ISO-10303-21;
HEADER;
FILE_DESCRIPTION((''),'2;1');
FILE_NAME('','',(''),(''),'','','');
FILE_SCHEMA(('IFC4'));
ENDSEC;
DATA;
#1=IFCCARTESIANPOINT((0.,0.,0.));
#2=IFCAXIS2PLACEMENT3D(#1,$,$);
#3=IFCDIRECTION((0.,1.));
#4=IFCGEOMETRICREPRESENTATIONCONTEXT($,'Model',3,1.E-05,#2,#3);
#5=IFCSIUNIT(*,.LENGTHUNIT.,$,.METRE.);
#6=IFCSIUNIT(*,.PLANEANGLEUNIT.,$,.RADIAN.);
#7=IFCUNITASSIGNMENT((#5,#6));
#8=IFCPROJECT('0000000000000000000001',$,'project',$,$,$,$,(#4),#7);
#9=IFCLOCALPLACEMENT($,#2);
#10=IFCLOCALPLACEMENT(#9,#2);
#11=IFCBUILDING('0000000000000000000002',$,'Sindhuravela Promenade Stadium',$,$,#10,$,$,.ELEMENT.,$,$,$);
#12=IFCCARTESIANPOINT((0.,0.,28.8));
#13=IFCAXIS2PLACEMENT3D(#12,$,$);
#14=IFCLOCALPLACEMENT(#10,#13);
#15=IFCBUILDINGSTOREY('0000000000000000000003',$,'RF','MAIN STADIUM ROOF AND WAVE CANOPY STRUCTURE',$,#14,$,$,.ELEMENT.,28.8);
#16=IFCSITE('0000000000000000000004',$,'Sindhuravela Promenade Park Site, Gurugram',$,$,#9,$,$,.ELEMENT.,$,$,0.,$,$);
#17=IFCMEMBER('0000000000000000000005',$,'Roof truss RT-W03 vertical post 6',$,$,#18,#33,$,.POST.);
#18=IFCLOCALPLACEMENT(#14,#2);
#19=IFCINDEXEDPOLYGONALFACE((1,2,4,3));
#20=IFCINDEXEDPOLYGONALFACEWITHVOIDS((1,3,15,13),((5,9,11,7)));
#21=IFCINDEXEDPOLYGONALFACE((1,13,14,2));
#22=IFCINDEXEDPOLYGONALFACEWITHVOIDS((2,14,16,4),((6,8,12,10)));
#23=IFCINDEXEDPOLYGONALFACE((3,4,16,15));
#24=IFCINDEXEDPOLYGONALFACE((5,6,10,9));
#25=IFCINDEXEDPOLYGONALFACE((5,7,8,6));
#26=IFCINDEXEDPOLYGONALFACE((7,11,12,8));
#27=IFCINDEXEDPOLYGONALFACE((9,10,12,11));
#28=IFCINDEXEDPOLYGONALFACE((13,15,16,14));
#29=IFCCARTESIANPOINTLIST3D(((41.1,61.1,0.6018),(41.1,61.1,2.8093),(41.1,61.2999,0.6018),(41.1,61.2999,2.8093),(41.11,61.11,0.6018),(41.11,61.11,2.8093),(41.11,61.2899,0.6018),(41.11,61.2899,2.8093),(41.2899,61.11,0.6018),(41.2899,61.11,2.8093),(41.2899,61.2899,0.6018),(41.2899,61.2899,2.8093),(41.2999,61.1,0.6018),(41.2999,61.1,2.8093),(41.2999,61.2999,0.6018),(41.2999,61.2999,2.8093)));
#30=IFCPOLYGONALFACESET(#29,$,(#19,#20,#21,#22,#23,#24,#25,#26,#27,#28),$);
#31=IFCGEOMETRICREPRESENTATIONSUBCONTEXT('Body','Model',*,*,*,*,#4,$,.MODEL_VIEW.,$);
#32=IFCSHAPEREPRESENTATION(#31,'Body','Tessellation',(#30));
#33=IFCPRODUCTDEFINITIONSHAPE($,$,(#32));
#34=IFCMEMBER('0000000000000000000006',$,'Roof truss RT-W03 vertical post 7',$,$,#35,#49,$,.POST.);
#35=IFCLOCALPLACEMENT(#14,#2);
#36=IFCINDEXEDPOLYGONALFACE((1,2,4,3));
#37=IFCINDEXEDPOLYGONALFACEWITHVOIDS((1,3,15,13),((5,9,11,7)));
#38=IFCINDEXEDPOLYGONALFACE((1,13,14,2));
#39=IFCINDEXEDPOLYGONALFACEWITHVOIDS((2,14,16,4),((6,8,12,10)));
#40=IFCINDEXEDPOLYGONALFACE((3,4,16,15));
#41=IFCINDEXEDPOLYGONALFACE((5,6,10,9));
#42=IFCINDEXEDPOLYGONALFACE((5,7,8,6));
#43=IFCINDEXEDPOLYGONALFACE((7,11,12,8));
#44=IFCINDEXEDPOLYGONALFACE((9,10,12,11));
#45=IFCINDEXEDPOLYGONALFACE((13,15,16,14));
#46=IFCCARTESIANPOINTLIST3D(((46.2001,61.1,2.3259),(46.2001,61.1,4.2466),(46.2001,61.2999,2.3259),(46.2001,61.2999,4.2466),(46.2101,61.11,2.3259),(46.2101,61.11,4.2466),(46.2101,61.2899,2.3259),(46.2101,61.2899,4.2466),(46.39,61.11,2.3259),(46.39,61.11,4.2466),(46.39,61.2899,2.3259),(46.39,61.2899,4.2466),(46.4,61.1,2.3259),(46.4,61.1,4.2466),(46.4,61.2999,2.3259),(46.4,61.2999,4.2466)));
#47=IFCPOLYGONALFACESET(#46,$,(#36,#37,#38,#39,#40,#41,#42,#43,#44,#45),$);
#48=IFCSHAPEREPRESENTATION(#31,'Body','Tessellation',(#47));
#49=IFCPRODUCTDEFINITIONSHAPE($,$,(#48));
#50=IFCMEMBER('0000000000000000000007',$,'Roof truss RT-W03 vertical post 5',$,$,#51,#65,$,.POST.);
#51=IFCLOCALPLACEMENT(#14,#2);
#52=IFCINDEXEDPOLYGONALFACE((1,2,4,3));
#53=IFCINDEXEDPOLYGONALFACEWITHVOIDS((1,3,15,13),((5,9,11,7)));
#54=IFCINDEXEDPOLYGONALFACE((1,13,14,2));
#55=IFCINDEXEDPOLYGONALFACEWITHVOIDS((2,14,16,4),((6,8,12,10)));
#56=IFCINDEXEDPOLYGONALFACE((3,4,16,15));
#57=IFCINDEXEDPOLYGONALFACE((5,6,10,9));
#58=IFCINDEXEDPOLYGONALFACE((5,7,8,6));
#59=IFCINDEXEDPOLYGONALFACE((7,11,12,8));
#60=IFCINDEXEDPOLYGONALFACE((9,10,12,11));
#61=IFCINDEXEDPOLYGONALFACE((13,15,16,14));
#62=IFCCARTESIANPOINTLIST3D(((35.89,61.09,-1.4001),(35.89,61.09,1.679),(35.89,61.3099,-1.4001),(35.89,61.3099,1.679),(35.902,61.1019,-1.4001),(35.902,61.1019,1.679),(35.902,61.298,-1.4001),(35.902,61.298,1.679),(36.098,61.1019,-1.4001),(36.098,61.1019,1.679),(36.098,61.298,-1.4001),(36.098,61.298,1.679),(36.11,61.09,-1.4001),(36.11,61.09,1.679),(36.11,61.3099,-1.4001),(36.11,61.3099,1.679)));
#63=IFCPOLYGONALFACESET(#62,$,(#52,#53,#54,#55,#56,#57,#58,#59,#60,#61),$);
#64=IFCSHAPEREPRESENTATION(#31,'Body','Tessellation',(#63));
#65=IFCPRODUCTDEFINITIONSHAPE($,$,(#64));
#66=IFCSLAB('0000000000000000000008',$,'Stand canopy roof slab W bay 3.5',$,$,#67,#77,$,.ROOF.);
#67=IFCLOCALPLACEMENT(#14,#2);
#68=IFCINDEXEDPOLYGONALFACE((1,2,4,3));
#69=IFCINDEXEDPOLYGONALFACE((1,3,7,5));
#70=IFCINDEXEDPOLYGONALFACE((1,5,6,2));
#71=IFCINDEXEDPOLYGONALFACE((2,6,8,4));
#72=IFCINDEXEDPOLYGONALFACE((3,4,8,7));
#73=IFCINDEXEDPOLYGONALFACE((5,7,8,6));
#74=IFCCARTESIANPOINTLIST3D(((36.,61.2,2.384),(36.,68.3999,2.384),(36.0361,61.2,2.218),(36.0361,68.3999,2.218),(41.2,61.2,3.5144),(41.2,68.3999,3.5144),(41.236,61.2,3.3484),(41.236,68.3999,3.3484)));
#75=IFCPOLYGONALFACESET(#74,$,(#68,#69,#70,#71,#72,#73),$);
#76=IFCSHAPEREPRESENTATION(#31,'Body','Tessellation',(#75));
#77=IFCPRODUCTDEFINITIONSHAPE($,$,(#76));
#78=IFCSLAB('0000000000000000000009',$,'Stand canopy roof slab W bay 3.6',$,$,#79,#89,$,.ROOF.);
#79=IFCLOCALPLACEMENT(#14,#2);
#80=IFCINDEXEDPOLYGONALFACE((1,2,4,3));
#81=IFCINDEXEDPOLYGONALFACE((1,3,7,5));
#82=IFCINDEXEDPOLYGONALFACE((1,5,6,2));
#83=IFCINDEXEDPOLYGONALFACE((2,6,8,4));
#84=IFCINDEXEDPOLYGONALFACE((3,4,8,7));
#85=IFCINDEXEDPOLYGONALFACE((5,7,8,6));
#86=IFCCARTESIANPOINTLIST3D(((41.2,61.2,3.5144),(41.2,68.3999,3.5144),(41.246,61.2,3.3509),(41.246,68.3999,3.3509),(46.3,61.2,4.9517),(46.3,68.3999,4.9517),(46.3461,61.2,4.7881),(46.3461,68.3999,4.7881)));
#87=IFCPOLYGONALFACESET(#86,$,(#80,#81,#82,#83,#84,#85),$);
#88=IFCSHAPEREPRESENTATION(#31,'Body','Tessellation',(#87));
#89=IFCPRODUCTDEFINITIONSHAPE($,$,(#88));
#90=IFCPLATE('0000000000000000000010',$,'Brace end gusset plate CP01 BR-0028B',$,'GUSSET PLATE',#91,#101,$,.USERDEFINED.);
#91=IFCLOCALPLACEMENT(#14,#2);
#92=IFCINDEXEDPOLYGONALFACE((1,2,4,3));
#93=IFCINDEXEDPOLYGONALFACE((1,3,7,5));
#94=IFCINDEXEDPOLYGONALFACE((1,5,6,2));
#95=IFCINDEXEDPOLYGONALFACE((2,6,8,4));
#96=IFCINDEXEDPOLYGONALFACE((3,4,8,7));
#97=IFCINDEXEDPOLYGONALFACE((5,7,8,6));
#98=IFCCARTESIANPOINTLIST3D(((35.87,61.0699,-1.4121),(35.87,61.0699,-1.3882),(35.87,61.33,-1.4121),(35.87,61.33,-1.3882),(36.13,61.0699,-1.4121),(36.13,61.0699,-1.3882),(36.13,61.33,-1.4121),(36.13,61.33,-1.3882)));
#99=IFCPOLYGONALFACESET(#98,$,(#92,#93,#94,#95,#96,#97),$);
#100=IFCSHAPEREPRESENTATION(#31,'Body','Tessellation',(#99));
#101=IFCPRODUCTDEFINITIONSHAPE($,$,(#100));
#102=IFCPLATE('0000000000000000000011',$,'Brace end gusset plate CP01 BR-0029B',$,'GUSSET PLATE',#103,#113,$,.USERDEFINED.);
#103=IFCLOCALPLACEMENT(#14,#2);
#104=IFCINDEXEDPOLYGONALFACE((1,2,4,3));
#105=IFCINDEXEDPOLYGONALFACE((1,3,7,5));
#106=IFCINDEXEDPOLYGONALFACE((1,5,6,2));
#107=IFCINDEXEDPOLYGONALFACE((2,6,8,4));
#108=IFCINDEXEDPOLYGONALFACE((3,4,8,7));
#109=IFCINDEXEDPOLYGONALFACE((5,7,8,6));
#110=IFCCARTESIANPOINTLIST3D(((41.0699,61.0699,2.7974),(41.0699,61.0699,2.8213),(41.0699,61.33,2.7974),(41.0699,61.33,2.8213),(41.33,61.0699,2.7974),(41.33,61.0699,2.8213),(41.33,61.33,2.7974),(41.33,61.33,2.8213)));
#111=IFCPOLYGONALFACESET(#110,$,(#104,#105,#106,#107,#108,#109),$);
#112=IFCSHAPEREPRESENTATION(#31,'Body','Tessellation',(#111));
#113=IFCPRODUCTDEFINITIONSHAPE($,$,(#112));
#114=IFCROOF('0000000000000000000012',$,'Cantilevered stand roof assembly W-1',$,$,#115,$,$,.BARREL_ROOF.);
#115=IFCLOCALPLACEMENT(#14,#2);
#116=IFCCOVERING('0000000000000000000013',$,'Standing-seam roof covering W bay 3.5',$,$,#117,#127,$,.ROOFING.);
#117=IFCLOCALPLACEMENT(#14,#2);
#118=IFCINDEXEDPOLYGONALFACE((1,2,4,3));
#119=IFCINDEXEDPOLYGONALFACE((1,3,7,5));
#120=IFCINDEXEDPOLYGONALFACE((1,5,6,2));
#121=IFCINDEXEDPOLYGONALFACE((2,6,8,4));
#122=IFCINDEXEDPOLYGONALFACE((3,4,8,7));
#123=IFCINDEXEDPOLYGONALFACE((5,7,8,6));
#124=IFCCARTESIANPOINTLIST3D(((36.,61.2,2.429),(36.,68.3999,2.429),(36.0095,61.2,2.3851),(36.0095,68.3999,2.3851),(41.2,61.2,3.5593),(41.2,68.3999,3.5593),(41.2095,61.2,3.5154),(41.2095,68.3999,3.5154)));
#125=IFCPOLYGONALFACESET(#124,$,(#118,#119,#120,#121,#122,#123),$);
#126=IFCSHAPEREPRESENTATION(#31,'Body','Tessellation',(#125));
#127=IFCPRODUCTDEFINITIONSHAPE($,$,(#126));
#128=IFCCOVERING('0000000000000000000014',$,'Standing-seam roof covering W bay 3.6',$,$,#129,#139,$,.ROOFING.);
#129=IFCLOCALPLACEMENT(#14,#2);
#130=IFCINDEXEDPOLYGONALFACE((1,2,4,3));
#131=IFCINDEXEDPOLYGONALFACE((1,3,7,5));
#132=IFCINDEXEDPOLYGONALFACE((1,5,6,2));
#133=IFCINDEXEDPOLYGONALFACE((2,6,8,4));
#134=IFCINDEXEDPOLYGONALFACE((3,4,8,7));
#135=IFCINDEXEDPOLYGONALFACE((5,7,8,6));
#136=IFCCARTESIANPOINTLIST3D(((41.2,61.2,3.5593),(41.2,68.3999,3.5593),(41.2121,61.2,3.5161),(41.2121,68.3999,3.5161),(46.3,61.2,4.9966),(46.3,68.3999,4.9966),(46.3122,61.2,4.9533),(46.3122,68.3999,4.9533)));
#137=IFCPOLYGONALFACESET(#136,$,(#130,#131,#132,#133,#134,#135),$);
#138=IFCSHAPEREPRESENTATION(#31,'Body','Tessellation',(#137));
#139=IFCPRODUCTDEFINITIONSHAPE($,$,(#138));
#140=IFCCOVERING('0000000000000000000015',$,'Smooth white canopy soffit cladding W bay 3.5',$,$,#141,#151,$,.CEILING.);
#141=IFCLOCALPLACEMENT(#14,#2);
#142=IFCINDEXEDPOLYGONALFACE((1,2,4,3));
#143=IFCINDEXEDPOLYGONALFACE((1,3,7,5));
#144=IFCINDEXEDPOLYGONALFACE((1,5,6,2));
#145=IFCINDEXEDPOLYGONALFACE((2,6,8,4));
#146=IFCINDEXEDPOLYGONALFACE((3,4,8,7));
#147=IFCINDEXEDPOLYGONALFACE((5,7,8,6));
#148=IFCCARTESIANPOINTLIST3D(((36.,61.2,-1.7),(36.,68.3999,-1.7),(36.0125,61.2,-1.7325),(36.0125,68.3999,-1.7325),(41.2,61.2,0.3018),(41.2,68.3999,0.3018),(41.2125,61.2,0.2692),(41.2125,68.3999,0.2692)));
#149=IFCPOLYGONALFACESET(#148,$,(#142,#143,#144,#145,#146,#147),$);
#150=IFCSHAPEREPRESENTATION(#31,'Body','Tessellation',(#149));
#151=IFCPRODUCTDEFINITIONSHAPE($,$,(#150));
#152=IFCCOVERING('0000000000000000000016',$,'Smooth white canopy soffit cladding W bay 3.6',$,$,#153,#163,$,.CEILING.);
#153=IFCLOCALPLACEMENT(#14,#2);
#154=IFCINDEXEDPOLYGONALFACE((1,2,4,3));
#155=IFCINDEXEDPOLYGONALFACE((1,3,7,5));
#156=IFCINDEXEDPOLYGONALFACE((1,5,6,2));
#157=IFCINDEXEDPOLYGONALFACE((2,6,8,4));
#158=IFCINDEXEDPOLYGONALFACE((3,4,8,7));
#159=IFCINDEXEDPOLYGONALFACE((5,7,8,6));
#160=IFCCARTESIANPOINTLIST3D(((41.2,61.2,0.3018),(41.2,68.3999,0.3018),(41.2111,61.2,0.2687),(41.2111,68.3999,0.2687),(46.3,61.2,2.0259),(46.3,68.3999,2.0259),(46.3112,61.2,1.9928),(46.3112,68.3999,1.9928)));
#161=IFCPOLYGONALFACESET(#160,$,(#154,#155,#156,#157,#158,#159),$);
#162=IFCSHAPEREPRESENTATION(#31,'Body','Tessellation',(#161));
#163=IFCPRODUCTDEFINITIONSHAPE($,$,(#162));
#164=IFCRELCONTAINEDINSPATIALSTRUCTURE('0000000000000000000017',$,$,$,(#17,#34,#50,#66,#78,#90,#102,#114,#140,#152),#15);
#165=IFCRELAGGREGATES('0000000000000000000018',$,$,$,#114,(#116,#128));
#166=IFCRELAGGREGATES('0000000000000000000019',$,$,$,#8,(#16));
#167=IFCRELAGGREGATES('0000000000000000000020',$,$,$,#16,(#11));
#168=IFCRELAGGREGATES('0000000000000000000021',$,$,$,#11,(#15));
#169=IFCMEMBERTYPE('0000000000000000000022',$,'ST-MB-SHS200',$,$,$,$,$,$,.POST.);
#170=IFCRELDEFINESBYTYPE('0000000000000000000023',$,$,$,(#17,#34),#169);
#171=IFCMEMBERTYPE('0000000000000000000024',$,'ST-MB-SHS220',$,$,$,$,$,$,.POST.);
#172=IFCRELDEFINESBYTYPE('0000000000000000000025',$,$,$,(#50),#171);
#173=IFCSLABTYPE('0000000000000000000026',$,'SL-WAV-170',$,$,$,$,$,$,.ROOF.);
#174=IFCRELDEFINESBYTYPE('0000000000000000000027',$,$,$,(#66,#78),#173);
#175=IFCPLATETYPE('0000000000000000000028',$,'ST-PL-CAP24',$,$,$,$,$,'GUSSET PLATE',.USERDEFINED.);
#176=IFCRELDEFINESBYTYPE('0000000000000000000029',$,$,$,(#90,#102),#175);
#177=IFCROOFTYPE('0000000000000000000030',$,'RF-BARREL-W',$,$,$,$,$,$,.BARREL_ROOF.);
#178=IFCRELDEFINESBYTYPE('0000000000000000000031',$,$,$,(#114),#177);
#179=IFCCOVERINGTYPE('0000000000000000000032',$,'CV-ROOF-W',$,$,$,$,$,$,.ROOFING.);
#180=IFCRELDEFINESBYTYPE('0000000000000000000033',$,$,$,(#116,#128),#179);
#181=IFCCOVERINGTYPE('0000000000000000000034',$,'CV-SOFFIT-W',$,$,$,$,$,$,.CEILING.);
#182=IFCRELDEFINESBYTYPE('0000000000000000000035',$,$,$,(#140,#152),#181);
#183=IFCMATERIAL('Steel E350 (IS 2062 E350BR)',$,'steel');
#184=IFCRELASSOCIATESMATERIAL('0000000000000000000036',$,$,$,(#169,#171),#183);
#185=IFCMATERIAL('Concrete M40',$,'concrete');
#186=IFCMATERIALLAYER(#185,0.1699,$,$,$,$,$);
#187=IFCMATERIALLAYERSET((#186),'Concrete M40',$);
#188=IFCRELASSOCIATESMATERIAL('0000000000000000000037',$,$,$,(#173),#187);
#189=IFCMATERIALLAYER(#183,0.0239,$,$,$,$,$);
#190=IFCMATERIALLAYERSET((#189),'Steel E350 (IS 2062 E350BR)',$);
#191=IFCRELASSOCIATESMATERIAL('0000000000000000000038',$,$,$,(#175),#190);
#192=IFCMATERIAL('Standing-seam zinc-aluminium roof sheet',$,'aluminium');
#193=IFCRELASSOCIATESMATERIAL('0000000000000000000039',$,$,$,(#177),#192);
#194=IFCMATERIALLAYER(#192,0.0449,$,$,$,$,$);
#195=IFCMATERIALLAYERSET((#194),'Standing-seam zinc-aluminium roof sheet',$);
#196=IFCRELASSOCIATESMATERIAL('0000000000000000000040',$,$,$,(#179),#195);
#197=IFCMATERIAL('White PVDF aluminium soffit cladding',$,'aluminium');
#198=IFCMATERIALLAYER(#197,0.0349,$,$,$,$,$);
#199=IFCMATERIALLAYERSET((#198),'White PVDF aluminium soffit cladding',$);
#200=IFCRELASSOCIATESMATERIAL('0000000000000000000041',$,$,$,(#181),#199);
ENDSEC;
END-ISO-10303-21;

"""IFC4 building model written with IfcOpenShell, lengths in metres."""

from ifc_helpers import new_model, si_unit, direction, frame, origin, origin_2d, place, context, subcontext, project, spatial, polyline, rectangle, hollow_rectangle, outline, extrude, material, layer, layer_set, material_profile, profile_set, type_object, element, aggregate, save


model = new_model("IFC4")

# Units and contexts
model_context = context("Model", 3, precision=1e-05, world=origin(), true_north=direction((0.0, 1.0)))
body_context = subcontext(model_context, "Body", "Model", "MODEL_VIEW")
ifc_project = project(units=[si_unit("LENGTHUNIT", "METRE"), si_unit("PLANEANGLEUNIT", "RADIAN")], contexts=[model_context])

# Site, building, storey
site_placement = place(None, origin())
site = spatial("IfcSite", under=ifc_project, at=site_placement, Name="Sindhuravela Promenade Park Site, Gurugram", CompositionType="ELEMENT", RefElevation=0.0)
building_placement = place(site_placement, origin())
building = spatial("IfcBuilding", under=site, at=building_placement, Name="Sindhuravela Promenade Stadium", CompositionType="ELEMENT")
storey_placement = place(building_placement, frame((0.0, 0.0, 28.8)))
storey = spatial("IfcBuildingStorey", under=building, at=storey_placement, Name="RF", Description="MAIN STADIUM ROOF AND WAVE CANOPY STRUCTURE", CompositionType="ELEMENT", Elevation=28.8)

# Shared definitions
ifc_material_1 = material(Name="Concrete M40", Category="concrete")
ifc_material_2 = material(Name="Steel E350 (IS 2062 E350BR)", Category="steel")

# Members
ifc_material_profile_1 = material_profile(ifc_material_2, hollow_rectangle(XDim=0.2, YDim=0.2, WallThickness=0.01, at=origin_2d()), Name="SHS 200x200x10")
ifc_profile_set_1 = profile_set([ifc_material_profile_1], Name="Steel E350 (IS 2062 E350BR)")
member_type_1 = type_object("IfcMemberType", Name="ST-MB-SHS200", PredefinedType="POST", material=ifc_profile_set_1)
member_1_placement = place(storey_placement, frame((41.2, 61.2, 0.6018), z_axis=(0.0, 0.0, 1.0), x_axis=(1.0, 0.0, 0.0)))
element("IfcMember", 1, at=member_1_placement, inside=storey, type_object=member_type_1, Name="Roof truss RT-W03 vertical post 6", PredefinedType="POST", context=body_context, shape_type="SweptSolid", body=[
    extrude(hollow_rectangle(XDim=0.2, YDim=0.2, WallThickness=0.01, at=origin_2d()), origin(), (0.0, 0.0, 1.0), 2.2075),
])
member_2_placement = place(storey_placement, frame((46.3, 61.2, 2.3259), z_axis=(0.0, 0.0, 1.0), x_axis=(1.0, 0.0, 0.0)))
element("IfcMember", 2, at=member_2_placement, inside=storey, type_object=member_type_1, Name="Roof truss RT-W03 vertical post 7", PredefinedType="POST", context=body_context, shape_type="SweptSolid", body=[
    extrude(hollow_rectangle(XDim=0.2, YDim=0.2, WallThickness=0.01, at=origin_2d()), origin(), (0.0, 0.0, 1.0), 1.9207),
])
ifc_material_profile_2 = material_profile(ifc_material_2, hollow_rectangle(XDim=0.22, YDim=0.22, WallThickness=0.012, at=origin_2d()), Name="SHS 220x220x12")
ifc_profile_set_2 = profile_set([ifc_material_profile_2], Name="Steel E350 (IS 2062 E350BR)")
member_type_2 = type_object("IfcMemberType", Name="ST-MB-SHS220", PredefinedType="POST", material=ifc_profile_set_2)
member_3_placement = place(storey_placement, frame((36.0, 61.2, -1.4001), z_axis=(0.0, 0.0, 1.0), x_axis=(1.0, 0.0, 0.0)))
element("IfcMember", 3, at=member_3_placement, inside=storey, type_object=member_type_2, Name="Roof truss RT-W03 vertical post 5", PredefinedType="POST", context=body_context, shape_type="SweptSolid", body=[
    extrude(hollow_rectangle(XDim=0.22, YDim=0.22, WallThickness=0.012, at=origin_2d()), origin(), (0.0, 0.0, 1.0), 3.0791),
])

# Slabs
ifc_layer_1 = layer(ifc_material_1, 0.1699)
ifc_layer_set_1 = layer_set([ifc_layer_1], Name="Concrete M40")
slab_type = type_object("IfcSlabType", Name="SL-WAV-170", PredefinedType="ROOF", material=ifc_layer_set_1)
slab_1_placement = place(storey_placement, frame((36.0, 61.2, 2.384), z_axis=(-0.21242, 0.0, 0.977178), x_axis=(0.0, 1.0, 0.0)))
element("IfcSlab", 4, at=slab_1_placement, inside=storey, type_object=slab_type, Name="Stand canopy roof slab W bay 3.5", PredefinedType="ROOF", context=body_context, shape_type="SweptSolid", body=[
    extrude(outline(polyline([(0.0, 0.0), (0.0, -5.3214), (7.2, -5.3214), (7.2, 0.0), (0.0, 0.0)])), origin(), (0.0, 0.0, -1.0), 0.1699),
])
slab_2_placement = place(storey_placement, frame((41.2, 61.2, 3.5144), z_axis=(-0.271245, 0.0, 0.96251), x_axis=(0.0, 1.0, 0.0)))
element("IfcSlab", 5, at=slab_2_placement, inside=storey, type_object=slab_type, Name="Stand canopy roof slab W bay 3.6", PredefinedType="ROOF", context=body_context, shape_type="SweptSolid", body=[
    extrude(outline(polyline([(0.0, 0.0), (0.0, -5.2987), (7.2, -5.2987), (7.2, 0.0), (0.0, 0.0)])), origin(), (0.0, 0.0, -1.0), 0.1699),
])

# Plates
ifc_layer_2 = layer(ifc_material_2, 0.0239)
ifc_layer_set_2 = layer_set([ifc_layer_2], Name="Steel E350 (IS 2062 E350BR)")
plate_type = type_object("IfcPlateType", Name="ST-PL-CAP24", ElementType="GUSSET PLATE", PredefinedType="USERDEFINED", material=ifc_layer_set_2)
for number, where, z_axis, x_axis, name in (
    (6, (36.0, 61.2, -1.4121), (0.0, 0.0, 1.0), (1.0, 0.0, 0.0), "Brace end gusset plate CP01 BR-0028B"),
    (7, (41.2, 61.2, 2.7974), (0.0, 0.0, 1.0), (1.0, 0.0, 0.0), "Brace end gusset plate CP01 BR-0029B"),
):
    element("IfcPlate", number, at=place(storey_placement, frame(where, z_axis=z_axis, x_axis=x_axis)), inside=storey, type_object=plate_type, Name=name, ObjectType="GUSSET PLATE", PredefinedType="USERDEFINED", context=body_context, shape_type="SweptSolid", body=[
        extrude(rectangle(XDim=0.26, YDim=0.26, at=origin_2d()), origin(), (0.0, 0.0, 1.0), 0.0239),
    ])

# Roof, coverings
ifc_material_3 = material(Name="Standing-seam zinc-aluminium roof sheet", Category="aluminium")
roof_type = type_object("IfcRoofType", Name="RF-BARREL-W", PredefinedType="BARREL_ROOF", material=ifc_material_3)
roof_placement = place(storey_placement, origin())
roof = element("IfcRoof", 8, at=roof_placement, inside=storey, type_object=roof_type, Name="Cantilevered stand roof assembly W-1", PredefinedType="BARREL_ROOF")
ifc_layer_3 = layer(ifc_material_3, 0.0449)
ifc_layer_set_3 = layer_set([ifc_layer_3], Name="Standing-seam zinc-aluminium roof sheet")
covering_type_1 = type_object("IfcCoveringType", Name="CV-ROOF-W", PredefinedType="ROOFING", material=ifc_layer_set_3)
covering_1_placement = place(storey_placement, frame((36.0, 61.2, 2.429), z_axis=(-0.21242, 0.0, 0.977178), x_axis=(0.0, 1.0, 0.0)))
covering_1 = element("IfcCovering", 9, at=covering_1_placement, type_object=covering_type_1, Name="Standing-seam roof covering W bay 3.5", PredefinedType="ROOFING", context=body_context, shape_type="SweptSolid", body=[
    extrude(outline(polyline([(0.0, 0.0), (0.0, -5.3214), (7.2, -5.3214), (7.2, 0.0), (0.0, 0.0)])), origin(), (0.0, 0.0, -1.0), 0.0449),
])
covering_2_placement = place(storey_placement, frame((41.2, 61.2, 3.5593), z_axis=(-0.271245, 0.0, 0.96251), x_axis=(0.0, 1.0, 0.0)))
covering_2 = element("IfcCovering", 10, at=covering_2_placement, type_object=covering_type_1, Name="Standing-seam roof covering W bay 3.6", PredefinedType="ROOFING", context=body_context, shape_type="SweptSolid", body=[
    extrude(outline(polyline([(0.0, 0.0), (0.0, -5.2987), (7.2, -5.2987), (7.2, 0.0), (0.0, 0.0)])), origin(), (0.0, 0.0, -1.0), 0.0449),
])
aggregate(roof, [covering_1, covering_2])

# Coverings
ifc_material_4 = material(Name="White PVDF aluminium soffit cladding", Category="aluminium")
ifc_layer_4 = layer(ifc_material_4, 0.0349)
ifc_layer_set_4 = layer_set([ifc_layer_4], Name="White PVDF aluminium soffit cladding")
covering_type_2 = type_object("IfcCoveringType", Name="CV-SOFFIT-W", PredefinedType="CEILING", material=ifc_layer_set_4)
covering_3_placement = place(storey_placement, frame((36.0, 61.2, -1.7), z_axis=(-0.359249, 0.0, 0.933242), x_axis=(0.0, 1.0, 0.0)))
element("IfcCovering", 11, at=covering_3_placement, inside=storey, type_object=covering_type_2, Name="Smooth white canopy soffit cladding W bay 3.5", PredefinedType="CEILING", context=body_context, shape_type="SweptSolid", body=[
    extrude(outline(polyline([(0.0, 0.0), (0.0, -5.5719), (7.2, -5.5719), (7.2, 0.0), (0.0, 0.0)])), origin(), (0.0, 0.0, -1.0), 0.0349),
])
covering_4_placement = place(storey_placement, frame((41.2, 61.2, 0.3018), z_axis=(-0.320252, 0.0, 0.947332), x_axis=(0.0, 1.0, 0.0)))
element("IfcCovering", 12, at=covering_4_placement, inside=storey, type_object=covering_type_2, Name="Smooth white canopy soffit cladding W bay 3.6", PredefinedType="CEILING", context=body_context, shape_type="SweptSolid", body=[
    extrude(outline(polyline([(0.0, 0.0), (0.0, -5.3836), (7.2, -5.3836), (7.2, 0.0), (0.0, 0.0)])), origin(), (0.0, 0.0, -1.0), 0.0349),
])

save(model, "model.ifc")
